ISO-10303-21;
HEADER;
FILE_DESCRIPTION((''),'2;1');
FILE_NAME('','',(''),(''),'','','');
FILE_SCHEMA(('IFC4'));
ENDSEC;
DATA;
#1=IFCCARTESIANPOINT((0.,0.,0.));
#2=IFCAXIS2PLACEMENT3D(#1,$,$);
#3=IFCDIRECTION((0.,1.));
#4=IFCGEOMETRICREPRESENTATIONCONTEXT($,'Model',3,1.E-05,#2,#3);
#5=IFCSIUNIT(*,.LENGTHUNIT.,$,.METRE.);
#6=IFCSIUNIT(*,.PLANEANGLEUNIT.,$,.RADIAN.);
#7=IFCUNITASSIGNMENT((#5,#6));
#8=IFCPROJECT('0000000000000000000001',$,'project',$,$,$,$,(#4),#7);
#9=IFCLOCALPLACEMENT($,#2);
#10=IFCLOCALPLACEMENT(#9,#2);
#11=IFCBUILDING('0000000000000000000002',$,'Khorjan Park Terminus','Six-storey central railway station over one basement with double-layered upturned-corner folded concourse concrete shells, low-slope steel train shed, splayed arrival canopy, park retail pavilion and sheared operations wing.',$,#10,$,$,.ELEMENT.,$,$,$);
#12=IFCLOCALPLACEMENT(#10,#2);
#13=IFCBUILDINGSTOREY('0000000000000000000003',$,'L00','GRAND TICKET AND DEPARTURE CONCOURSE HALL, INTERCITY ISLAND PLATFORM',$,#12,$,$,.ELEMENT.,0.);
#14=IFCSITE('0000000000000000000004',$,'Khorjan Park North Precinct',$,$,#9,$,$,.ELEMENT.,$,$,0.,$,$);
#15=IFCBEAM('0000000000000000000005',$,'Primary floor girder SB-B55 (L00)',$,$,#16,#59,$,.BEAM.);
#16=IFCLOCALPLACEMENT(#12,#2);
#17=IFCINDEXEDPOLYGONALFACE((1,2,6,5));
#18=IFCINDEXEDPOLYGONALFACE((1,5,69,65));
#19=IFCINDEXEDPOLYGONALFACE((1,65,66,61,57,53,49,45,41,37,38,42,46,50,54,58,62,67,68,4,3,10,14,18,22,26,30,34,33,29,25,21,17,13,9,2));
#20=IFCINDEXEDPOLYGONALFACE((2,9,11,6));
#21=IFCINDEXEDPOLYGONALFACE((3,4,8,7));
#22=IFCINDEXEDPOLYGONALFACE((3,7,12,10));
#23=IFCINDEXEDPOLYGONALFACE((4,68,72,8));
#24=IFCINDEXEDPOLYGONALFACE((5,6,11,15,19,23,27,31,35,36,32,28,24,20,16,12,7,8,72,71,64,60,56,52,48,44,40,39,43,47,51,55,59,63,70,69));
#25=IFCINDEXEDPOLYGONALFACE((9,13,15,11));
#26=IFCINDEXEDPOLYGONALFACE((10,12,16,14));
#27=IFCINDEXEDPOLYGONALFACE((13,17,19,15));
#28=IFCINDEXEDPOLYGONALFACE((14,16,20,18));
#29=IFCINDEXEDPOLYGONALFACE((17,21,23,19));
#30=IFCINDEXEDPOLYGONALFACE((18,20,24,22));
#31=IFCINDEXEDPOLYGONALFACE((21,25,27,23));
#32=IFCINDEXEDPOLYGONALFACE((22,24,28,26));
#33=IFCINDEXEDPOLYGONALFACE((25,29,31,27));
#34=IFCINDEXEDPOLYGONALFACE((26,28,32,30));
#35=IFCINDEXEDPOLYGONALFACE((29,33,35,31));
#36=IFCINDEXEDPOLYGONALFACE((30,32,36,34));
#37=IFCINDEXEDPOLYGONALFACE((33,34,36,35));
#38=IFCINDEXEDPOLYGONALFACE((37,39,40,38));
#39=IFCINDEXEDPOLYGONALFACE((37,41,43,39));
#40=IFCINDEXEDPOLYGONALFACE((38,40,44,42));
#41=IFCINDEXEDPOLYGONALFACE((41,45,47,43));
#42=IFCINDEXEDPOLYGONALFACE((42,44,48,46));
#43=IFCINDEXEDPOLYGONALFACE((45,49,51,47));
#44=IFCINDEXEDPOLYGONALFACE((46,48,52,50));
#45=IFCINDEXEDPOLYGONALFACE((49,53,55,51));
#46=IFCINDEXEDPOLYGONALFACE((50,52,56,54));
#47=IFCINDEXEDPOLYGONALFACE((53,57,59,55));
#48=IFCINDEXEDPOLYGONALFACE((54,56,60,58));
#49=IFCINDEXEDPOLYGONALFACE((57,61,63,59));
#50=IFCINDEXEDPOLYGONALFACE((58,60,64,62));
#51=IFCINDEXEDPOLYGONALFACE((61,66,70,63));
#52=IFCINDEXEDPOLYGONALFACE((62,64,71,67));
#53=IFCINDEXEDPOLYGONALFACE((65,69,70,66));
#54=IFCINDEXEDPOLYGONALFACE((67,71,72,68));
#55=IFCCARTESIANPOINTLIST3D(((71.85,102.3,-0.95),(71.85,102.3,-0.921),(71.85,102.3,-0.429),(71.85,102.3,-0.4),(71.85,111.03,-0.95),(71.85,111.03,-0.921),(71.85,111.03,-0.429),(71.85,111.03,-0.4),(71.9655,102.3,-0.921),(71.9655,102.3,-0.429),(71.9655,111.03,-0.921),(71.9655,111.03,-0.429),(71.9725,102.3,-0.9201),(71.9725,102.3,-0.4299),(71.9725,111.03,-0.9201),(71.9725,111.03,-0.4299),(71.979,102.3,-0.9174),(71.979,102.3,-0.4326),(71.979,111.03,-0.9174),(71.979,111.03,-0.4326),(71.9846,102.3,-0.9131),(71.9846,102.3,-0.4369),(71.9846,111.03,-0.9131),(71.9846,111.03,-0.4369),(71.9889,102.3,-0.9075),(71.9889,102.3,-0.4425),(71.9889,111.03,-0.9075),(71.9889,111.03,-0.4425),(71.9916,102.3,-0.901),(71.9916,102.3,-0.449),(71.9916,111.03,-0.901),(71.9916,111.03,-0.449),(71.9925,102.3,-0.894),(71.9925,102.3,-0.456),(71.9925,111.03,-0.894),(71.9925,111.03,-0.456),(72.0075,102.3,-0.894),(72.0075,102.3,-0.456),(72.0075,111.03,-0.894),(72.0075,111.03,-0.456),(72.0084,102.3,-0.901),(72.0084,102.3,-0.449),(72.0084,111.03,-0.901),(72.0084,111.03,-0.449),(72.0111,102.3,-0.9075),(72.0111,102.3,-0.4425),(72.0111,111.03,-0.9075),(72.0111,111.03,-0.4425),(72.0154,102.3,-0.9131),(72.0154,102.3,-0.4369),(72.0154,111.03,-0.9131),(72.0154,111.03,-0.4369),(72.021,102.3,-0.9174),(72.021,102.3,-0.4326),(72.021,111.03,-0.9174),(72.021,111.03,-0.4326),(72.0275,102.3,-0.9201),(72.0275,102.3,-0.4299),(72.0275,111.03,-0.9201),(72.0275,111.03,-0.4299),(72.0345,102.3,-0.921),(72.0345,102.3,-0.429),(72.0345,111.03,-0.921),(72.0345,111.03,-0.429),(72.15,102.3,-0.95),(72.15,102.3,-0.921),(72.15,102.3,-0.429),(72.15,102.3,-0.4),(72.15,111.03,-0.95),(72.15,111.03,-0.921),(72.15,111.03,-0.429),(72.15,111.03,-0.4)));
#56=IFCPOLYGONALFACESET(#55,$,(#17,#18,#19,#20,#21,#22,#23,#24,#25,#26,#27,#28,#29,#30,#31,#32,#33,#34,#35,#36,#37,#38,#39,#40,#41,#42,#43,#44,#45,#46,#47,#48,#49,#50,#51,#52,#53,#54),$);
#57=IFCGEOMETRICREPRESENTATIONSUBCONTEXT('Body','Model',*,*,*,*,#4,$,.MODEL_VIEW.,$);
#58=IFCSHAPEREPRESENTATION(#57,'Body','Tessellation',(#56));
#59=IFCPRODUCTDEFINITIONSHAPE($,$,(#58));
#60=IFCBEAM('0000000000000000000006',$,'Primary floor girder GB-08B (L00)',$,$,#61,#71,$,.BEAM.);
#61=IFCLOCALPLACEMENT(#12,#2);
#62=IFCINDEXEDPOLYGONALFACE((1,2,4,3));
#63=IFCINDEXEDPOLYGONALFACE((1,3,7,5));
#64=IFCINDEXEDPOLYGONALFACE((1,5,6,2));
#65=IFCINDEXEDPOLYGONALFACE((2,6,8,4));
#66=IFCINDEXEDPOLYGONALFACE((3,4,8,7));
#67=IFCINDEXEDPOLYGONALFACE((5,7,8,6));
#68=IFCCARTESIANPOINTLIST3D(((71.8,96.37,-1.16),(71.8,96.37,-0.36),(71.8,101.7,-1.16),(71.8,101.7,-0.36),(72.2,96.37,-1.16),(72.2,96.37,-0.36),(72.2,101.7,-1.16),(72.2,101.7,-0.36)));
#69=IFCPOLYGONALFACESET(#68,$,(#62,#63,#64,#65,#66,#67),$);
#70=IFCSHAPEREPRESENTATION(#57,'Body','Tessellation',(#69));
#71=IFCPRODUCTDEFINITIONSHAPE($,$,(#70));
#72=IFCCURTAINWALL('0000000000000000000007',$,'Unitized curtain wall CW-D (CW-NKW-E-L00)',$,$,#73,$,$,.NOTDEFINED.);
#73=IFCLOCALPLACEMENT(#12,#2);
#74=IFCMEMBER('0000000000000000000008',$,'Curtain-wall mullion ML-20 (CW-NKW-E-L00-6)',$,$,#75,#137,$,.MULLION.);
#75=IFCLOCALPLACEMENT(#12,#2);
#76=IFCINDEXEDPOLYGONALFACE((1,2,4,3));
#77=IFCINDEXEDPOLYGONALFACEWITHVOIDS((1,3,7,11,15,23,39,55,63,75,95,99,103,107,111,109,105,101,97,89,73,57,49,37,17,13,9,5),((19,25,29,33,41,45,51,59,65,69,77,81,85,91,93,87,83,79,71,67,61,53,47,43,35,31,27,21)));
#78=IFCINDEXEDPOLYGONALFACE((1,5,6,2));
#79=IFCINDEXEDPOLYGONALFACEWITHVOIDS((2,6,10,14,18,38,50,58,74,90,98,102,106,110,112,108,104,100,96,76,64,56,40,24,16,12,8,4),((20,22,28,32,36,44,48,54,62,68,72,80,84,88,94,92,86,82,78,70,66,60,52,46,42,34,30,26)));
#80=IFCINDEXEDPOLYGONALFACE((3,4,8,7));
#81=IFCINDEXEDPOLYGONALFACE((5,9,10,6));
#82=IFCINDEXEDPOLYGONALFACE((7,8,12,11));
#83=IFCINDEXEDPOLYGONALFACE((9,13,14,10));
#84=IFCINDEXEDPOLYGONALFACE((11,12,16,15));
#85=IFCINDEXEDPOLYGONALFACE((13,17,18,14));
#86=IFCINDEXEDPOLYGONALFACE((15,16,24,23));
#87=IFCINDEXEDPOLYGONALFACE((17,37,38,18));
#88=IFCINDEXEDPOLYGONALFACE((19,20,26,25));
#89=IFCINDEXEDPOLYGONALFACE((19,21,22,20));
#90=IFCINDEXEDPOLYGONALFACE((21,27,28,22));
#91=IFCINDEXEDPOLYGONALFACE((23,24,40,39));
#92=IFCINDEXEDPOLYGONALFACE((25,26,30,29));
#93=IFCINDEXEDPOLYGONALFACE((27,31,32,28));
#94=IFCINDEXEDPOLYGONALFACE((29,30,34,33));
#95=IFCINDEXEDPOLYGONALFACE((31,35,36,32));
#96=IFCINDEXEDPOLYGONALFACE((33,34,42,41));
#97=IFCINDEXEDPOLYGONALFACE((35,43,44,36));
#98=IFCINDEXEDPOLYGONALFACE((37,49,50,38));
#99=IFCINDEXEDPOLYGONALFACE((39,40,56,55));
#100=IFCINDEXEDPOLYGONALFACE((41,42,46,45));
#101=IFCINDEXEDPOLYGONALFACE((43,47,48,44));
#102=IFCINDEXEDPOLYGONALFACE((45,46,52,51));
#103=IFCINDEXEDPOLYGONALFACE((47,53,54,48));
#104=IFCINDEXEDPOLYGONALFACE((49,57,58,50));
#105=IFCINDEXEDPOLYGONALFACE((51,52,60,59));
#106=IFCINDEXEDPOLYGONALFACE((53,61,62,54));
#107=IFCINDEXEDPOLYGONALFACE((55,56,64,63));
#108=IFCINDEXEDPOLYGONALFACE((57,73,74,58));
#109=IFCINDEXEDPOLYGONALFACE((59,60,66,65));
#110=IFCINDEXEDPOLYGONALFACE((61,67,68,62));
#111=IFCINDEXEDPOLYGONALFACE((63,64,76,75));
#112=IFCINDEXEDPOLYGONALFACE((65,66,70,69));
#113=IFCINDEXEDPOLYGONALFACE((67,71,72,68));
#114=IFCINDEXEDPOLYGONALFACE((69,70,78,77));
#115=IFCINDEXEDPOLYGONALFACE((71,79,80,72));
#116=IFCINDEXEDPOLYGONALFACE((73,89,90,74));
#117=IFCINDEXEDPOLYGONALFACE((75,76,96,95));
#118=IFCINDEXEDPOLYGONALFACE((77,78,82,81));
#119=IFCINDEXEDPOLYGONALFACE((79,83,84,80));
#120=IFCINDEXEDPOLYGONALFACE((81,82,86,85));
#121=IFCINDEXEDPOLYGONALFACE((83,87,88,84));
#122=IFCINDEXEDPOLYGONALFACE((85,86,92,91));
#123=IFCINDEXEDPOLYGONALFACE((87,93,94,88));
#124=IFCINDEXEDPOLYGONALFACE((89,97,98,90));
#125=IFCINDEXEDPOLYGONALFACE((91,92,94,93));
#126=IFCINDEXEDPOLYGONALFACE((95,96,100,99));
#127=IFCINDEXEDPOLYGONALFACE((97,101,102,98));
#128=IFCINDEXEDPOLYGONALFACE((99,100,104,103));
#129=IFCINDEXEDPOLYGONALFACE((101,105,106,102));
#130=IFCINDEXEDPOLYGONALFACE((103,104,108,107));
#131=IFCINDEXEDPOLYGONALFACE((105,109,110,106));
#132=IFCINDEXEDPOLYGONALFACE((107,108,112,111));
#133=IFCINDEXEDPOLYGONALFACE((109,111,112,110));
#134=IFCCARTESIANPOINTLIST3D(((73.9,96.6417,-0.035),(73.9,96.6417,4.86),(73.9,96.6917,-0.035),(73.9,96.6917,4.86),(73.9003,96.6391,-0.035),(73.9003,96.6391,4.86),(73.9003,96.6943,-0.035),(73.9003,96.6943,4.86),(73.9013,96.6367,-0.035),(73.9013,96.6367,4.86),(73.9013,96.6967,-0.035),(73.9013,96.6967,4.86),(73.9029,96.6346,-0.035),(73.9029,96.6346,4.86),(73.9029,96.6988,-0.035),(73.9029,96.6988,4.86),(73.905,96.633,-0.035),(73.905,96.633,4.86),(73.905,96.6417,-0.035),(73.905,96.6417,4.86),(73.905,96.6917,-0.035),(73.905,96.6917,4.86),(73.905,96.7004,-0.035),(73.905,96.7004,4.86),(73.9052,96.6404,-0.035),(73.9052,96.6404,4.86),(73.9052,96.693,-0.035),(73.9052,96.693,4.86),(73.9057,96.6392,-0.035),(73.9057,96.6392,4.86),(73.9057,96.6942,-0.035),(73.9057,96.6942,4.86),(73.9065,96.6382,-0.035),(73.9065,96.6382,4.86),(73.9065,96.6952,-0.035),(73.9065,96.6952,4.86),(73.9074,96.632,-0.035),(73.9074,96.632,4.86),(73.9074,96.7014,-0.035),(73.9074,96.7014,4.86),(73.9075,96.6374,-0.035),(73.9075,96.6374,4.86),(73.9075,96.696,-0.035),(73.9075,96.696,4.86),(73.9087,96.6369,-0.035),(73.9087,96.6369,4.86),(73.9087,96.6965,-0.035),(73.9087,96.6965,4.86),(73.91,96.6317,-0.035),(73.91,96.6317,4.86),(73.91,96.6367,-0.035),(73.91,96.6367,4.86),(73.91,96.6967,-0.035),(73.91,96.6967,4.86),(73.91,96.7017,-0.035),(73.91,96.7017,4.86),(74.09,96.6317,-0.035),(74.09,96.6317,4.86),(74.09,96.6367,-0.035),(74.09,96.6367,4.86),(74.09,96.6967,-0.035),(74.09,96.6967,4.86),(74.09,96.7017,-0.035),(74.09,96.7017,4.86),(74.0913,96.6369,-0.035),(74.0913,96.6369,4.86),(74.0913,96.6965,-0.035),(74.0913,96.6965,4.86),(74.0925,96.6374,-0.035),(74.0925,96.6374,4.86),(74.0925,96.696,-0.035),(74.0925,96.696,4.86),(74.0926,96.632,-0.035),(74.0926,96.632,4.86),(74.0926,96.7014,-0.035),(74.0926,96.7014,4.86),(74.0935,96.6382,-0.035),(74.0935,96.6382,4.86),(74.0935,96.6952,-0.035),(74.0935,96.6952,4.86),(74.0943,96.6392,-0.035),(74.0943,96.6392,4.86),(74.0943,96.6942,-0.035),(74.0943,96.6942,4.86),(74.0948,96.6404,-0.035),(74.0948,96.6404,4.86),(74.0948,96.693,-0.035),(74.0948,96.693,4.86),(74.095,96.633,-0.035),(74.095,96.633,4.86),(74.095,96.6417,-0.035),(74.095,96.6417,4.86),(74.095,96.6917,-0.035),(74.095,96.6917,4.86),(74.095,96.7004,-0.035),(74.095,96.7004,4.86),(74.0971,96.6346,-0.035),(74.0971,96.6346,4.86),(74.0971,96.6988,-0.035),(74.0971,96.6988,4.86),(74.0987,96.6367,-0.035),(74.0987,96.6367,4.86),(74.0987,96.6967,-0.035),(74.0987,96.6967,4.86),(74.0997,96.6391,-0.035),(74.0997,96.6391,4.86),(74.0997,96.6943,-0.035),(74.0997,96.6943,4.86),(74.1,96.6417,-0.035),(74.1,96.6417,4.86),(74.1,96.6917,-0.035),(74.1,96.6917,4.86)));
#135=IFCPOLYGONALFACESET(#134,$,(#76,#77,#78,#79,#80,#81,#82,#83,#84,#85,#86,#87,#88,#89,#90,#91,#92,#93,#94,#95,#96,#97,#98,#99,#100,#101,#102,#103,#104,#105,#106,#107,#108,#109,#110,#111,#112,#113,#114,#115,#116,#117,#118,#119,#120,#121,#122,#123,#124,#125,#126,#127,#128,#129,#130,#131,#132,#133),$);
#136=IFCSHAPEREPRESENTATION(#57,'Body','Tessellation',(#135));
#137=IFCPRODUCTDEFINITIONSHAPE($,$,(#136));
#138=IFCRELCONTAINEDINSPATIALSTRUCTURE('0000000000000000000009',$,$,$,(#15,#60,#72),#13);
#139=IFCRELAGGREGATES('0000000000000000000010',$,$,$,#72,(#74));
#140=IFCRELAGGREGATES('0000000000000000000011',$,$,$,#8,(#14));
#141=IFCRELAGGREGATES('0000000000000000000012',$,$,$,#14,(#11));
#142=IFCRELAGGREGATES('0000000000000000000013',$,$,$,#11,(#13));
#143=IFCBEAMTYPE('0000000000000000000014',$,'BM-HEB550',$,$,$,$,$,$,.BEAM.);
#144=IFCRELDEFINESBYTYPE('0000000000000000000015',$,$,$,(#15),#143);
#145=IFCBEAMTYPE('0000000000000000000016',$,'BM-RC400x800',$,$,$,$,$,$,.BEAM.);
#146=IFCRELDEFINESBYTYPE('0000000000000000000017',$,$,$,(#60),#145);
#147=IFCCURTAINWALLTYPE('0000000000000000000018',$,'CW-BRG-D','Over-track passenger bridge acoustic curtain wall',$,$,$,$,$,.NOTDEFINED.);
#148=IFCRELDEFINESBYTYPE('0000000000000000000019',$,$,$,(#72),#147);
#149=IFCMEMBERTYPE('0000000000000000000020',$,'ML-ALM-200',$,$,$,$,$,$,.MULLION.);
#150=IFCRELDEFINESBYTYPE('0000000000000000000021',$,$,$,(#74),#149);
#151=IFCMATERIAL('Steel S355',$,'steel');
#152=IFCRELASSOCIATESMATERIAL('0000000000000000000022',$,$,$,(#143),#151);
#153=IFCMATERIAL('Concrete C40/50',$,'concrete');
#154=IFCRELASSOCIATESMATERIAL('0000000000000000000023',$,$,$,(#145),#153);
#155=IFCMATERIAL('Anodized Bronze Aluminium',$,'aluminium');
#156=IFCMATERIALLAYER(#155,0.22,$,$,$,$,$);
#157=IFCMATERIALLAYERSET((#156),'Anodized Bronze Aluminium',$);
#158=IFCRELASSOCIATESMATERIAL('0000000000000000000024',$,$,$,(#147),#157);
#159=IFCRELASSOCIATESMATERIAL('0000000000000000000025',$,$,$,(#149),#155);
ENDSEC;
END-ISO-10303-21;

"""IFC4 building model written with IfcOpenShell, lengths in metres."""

from ifc_helpers import new_model, si_unit, direction, frame, origin, origin_2d, place, context, subcontext, project, spatial, rectangle, hollow_rectangle, i_section, extrude, material, layer, layer_set, material_profile, profile_set, type_object, element, aggregate, save


model = new_model("IFC4")

# Units and contexts
model_context = context("Model", 3, precision=1e-05, world=origin(), true_north=direction((0.0, 1.0)))
body_context = subcontext(model_context, "Body", "Model", "MODEL_VIEW")
ifc_project = project(units=[si_unit("LENGTHUNIT", "METRE"), si_unit("PLANEANGLEUNIT", "RADIAN")], contexts=[model_context])

# Site, building, storey
site_placement = place(None, origin())
site = spatial("IfcSite", under=ifc_project, at=site_placement, Name="Khorjan Park North Precinct", CompositionType="ELEMENT", RefElevation=0.0)
building_placement = place(site_placement, origin())
building = spatial("IfcBuilding", under=site, at=building_placement, Name="Khorjan Park Terminus", Description="Six-storey central railway station over one basement with double-layered upturned-corner folded concourse concrete shells, low-slope steel train shed, splayed arrival canopy, park retail pavilion and sheared operations wing.", CompositionType="ELEMENT")
storey_placement = place(building_placement, origin())
storey = spatial("IfcBuildingStorey", under=building, at=storey_placement, Name="L00", Description="GRAND TICKET AND DEPARTURE CONCOURSE HALL, INTERCITY ISLAND PLATFORM", CompositionType="ELEMENT", Elevation=0.0)

# Shared definitions
ifc_material_1 = material(Name="Steel S355", Category="steel")
ifc_material_2 = material(Name="Concrete C40/50", Category="concrete")

# Beams
ifc_material_profile_1 = material_profile(ifc_material_1, i_section(OverallWidth=0.3, OverallDepth=0.55, WebThickness=0.015, FlangeThickness=0.029, FilletRadius=0.027, at=origin_2d()), Name="HEB 550")
ifc_profile_set_1 = profile_set([ifc_material_profile_1], Name="Steel S355")
beam_type_1 = type_object("IfcBeamType", Name="BM-HEB550", PredefinedType="BEAM", material=ifc_profile_set_1)
beam_1_placement = place(storey_placement, frame((72.0, 102.3, -0.675), z_axis=(0.0, 1.0, 0.0), x_axis=(-1.0, 0.0, 0.0)))
element("IfcBeam", 1, at=beam_1_placement, inside=storey, type_object=beam_type_1, Name="Primary floor girder SB-B55 (L00)", PredefinedType="BEAM", context=body_context, shape_type="SweptSolid", body=[
    extrude(i_section(OverallWidth=0.3, OverallDepth=0.55, WebThickness=0.015, FlangeThickness=0.029, FilletRadius=0.027, at=origin_2d()), origin(), (0.0, 0.0, 1.0), 8.73),
])
ifc_material_profile_2 = material_profile(ifc_material_2, rectangle(XDim=0.4, YDim=0.8, at=origin_2d()), Name="RC 400x800")
ifc_profile_set_2 = profile_set([ifc_material_profile_2], Name="Concrete C40/50")
beam_type_2 = type_object("IfcBeamType", Name="BM-RC400x800", PredefinedType="BEAM", material=ifc_profile_set_2)
beam_2_placement = place(storey_placement, frame((72.0, 96.37, -0.76), z_axis=(0.0, 1.0, 0.0), x_axis=(-1.0, 0.0, 0.0)))
element("IfcBeam", 2, at=beam_2_placement, inside=storey, type_object=beam_type_2, Name="Primary floor girder GB-08B (L00)", PredefinedType="BEAM", context=body_context, shape_type="SweptSolid", body=[
    extrude(rectangle(XDim=0.4, YDim=0.8, at=origin_2d()), origin(), (0.0, 0.0, 1.0), 5.33),
])

# Curtain wall, member
ifc_material_3 = material(Name="Anodized Bronze Aluminium", Category="aluminium")
ifc_layer_1 = layer(ifc_material_3, 0.22)
ifc_layer_set_1 = layer_set([ifc_layer_1], Name="Anodized Bronze Aluminium")
curtain_wall_type = type_object("IfcCurtainWallType", Name="CW-BRG-D", Description="Over-track passenger bridge acoustic curtain wall", PredefinedType="NOTDEFINED", material=ifc_layer_set_1)
curtain_wall_placement = place(storey_placement, origin())
curtain_wall = element("IfcCurtainWall", 3, at=curtain_wall_placement, inside=storey, type_object=curtain_wall_type, Name="Unitized curtain wall CW-D (CW-NKW-E-L00)", PredefinedType="NOTDEFINED")
ifc_material_profile_3 = material_profile(ifc_material_3, hollow_rectangle(XDim=0.07, YDim=0.2, WallThickness=0.005, InnerFilletRadius=0.005, OuterFilletRadius=0.01, at=origin_2d()), Name="ALM 70x200x5")
ifc_profile_set_3 = profile_set([ifc_material_profile_3], Name="Anodized Bronze Aluminium")
member_type_1 = type_object("IfcMemberType", Name="ML-ALM-200", PredefinedType="MULLION", material=ifc_profile_set_3)
member_1_placement = place(storey_placement, frame((74.0, 96.6667, -0.035), z_axis=(0.0, 0.0, 1.0), x_axis=(0.0, 1.0, 0.0)))
member_1 = element("IfcMember", 4, at=member_1_placement, type_object=member_type_1, Name="Curtain-wall mullion ML-20 (CW-NKW-E-L00-6)", PredefinedType="MULLION", context=body_context, shape_type="SweptSolid", body=[
    extrude(hollow_rectangle(XDim=0.07, YDim=0.2, WallThickness=0.005, InnerFilletRadius=0.005, OuterFilletRadius=0.01, at=origin_2d()), origin(), (0.0, 0.0, 1.0), 4.895),
])
aggregate(curtain_wall, [member_1])

save(model, "model.ifc")
